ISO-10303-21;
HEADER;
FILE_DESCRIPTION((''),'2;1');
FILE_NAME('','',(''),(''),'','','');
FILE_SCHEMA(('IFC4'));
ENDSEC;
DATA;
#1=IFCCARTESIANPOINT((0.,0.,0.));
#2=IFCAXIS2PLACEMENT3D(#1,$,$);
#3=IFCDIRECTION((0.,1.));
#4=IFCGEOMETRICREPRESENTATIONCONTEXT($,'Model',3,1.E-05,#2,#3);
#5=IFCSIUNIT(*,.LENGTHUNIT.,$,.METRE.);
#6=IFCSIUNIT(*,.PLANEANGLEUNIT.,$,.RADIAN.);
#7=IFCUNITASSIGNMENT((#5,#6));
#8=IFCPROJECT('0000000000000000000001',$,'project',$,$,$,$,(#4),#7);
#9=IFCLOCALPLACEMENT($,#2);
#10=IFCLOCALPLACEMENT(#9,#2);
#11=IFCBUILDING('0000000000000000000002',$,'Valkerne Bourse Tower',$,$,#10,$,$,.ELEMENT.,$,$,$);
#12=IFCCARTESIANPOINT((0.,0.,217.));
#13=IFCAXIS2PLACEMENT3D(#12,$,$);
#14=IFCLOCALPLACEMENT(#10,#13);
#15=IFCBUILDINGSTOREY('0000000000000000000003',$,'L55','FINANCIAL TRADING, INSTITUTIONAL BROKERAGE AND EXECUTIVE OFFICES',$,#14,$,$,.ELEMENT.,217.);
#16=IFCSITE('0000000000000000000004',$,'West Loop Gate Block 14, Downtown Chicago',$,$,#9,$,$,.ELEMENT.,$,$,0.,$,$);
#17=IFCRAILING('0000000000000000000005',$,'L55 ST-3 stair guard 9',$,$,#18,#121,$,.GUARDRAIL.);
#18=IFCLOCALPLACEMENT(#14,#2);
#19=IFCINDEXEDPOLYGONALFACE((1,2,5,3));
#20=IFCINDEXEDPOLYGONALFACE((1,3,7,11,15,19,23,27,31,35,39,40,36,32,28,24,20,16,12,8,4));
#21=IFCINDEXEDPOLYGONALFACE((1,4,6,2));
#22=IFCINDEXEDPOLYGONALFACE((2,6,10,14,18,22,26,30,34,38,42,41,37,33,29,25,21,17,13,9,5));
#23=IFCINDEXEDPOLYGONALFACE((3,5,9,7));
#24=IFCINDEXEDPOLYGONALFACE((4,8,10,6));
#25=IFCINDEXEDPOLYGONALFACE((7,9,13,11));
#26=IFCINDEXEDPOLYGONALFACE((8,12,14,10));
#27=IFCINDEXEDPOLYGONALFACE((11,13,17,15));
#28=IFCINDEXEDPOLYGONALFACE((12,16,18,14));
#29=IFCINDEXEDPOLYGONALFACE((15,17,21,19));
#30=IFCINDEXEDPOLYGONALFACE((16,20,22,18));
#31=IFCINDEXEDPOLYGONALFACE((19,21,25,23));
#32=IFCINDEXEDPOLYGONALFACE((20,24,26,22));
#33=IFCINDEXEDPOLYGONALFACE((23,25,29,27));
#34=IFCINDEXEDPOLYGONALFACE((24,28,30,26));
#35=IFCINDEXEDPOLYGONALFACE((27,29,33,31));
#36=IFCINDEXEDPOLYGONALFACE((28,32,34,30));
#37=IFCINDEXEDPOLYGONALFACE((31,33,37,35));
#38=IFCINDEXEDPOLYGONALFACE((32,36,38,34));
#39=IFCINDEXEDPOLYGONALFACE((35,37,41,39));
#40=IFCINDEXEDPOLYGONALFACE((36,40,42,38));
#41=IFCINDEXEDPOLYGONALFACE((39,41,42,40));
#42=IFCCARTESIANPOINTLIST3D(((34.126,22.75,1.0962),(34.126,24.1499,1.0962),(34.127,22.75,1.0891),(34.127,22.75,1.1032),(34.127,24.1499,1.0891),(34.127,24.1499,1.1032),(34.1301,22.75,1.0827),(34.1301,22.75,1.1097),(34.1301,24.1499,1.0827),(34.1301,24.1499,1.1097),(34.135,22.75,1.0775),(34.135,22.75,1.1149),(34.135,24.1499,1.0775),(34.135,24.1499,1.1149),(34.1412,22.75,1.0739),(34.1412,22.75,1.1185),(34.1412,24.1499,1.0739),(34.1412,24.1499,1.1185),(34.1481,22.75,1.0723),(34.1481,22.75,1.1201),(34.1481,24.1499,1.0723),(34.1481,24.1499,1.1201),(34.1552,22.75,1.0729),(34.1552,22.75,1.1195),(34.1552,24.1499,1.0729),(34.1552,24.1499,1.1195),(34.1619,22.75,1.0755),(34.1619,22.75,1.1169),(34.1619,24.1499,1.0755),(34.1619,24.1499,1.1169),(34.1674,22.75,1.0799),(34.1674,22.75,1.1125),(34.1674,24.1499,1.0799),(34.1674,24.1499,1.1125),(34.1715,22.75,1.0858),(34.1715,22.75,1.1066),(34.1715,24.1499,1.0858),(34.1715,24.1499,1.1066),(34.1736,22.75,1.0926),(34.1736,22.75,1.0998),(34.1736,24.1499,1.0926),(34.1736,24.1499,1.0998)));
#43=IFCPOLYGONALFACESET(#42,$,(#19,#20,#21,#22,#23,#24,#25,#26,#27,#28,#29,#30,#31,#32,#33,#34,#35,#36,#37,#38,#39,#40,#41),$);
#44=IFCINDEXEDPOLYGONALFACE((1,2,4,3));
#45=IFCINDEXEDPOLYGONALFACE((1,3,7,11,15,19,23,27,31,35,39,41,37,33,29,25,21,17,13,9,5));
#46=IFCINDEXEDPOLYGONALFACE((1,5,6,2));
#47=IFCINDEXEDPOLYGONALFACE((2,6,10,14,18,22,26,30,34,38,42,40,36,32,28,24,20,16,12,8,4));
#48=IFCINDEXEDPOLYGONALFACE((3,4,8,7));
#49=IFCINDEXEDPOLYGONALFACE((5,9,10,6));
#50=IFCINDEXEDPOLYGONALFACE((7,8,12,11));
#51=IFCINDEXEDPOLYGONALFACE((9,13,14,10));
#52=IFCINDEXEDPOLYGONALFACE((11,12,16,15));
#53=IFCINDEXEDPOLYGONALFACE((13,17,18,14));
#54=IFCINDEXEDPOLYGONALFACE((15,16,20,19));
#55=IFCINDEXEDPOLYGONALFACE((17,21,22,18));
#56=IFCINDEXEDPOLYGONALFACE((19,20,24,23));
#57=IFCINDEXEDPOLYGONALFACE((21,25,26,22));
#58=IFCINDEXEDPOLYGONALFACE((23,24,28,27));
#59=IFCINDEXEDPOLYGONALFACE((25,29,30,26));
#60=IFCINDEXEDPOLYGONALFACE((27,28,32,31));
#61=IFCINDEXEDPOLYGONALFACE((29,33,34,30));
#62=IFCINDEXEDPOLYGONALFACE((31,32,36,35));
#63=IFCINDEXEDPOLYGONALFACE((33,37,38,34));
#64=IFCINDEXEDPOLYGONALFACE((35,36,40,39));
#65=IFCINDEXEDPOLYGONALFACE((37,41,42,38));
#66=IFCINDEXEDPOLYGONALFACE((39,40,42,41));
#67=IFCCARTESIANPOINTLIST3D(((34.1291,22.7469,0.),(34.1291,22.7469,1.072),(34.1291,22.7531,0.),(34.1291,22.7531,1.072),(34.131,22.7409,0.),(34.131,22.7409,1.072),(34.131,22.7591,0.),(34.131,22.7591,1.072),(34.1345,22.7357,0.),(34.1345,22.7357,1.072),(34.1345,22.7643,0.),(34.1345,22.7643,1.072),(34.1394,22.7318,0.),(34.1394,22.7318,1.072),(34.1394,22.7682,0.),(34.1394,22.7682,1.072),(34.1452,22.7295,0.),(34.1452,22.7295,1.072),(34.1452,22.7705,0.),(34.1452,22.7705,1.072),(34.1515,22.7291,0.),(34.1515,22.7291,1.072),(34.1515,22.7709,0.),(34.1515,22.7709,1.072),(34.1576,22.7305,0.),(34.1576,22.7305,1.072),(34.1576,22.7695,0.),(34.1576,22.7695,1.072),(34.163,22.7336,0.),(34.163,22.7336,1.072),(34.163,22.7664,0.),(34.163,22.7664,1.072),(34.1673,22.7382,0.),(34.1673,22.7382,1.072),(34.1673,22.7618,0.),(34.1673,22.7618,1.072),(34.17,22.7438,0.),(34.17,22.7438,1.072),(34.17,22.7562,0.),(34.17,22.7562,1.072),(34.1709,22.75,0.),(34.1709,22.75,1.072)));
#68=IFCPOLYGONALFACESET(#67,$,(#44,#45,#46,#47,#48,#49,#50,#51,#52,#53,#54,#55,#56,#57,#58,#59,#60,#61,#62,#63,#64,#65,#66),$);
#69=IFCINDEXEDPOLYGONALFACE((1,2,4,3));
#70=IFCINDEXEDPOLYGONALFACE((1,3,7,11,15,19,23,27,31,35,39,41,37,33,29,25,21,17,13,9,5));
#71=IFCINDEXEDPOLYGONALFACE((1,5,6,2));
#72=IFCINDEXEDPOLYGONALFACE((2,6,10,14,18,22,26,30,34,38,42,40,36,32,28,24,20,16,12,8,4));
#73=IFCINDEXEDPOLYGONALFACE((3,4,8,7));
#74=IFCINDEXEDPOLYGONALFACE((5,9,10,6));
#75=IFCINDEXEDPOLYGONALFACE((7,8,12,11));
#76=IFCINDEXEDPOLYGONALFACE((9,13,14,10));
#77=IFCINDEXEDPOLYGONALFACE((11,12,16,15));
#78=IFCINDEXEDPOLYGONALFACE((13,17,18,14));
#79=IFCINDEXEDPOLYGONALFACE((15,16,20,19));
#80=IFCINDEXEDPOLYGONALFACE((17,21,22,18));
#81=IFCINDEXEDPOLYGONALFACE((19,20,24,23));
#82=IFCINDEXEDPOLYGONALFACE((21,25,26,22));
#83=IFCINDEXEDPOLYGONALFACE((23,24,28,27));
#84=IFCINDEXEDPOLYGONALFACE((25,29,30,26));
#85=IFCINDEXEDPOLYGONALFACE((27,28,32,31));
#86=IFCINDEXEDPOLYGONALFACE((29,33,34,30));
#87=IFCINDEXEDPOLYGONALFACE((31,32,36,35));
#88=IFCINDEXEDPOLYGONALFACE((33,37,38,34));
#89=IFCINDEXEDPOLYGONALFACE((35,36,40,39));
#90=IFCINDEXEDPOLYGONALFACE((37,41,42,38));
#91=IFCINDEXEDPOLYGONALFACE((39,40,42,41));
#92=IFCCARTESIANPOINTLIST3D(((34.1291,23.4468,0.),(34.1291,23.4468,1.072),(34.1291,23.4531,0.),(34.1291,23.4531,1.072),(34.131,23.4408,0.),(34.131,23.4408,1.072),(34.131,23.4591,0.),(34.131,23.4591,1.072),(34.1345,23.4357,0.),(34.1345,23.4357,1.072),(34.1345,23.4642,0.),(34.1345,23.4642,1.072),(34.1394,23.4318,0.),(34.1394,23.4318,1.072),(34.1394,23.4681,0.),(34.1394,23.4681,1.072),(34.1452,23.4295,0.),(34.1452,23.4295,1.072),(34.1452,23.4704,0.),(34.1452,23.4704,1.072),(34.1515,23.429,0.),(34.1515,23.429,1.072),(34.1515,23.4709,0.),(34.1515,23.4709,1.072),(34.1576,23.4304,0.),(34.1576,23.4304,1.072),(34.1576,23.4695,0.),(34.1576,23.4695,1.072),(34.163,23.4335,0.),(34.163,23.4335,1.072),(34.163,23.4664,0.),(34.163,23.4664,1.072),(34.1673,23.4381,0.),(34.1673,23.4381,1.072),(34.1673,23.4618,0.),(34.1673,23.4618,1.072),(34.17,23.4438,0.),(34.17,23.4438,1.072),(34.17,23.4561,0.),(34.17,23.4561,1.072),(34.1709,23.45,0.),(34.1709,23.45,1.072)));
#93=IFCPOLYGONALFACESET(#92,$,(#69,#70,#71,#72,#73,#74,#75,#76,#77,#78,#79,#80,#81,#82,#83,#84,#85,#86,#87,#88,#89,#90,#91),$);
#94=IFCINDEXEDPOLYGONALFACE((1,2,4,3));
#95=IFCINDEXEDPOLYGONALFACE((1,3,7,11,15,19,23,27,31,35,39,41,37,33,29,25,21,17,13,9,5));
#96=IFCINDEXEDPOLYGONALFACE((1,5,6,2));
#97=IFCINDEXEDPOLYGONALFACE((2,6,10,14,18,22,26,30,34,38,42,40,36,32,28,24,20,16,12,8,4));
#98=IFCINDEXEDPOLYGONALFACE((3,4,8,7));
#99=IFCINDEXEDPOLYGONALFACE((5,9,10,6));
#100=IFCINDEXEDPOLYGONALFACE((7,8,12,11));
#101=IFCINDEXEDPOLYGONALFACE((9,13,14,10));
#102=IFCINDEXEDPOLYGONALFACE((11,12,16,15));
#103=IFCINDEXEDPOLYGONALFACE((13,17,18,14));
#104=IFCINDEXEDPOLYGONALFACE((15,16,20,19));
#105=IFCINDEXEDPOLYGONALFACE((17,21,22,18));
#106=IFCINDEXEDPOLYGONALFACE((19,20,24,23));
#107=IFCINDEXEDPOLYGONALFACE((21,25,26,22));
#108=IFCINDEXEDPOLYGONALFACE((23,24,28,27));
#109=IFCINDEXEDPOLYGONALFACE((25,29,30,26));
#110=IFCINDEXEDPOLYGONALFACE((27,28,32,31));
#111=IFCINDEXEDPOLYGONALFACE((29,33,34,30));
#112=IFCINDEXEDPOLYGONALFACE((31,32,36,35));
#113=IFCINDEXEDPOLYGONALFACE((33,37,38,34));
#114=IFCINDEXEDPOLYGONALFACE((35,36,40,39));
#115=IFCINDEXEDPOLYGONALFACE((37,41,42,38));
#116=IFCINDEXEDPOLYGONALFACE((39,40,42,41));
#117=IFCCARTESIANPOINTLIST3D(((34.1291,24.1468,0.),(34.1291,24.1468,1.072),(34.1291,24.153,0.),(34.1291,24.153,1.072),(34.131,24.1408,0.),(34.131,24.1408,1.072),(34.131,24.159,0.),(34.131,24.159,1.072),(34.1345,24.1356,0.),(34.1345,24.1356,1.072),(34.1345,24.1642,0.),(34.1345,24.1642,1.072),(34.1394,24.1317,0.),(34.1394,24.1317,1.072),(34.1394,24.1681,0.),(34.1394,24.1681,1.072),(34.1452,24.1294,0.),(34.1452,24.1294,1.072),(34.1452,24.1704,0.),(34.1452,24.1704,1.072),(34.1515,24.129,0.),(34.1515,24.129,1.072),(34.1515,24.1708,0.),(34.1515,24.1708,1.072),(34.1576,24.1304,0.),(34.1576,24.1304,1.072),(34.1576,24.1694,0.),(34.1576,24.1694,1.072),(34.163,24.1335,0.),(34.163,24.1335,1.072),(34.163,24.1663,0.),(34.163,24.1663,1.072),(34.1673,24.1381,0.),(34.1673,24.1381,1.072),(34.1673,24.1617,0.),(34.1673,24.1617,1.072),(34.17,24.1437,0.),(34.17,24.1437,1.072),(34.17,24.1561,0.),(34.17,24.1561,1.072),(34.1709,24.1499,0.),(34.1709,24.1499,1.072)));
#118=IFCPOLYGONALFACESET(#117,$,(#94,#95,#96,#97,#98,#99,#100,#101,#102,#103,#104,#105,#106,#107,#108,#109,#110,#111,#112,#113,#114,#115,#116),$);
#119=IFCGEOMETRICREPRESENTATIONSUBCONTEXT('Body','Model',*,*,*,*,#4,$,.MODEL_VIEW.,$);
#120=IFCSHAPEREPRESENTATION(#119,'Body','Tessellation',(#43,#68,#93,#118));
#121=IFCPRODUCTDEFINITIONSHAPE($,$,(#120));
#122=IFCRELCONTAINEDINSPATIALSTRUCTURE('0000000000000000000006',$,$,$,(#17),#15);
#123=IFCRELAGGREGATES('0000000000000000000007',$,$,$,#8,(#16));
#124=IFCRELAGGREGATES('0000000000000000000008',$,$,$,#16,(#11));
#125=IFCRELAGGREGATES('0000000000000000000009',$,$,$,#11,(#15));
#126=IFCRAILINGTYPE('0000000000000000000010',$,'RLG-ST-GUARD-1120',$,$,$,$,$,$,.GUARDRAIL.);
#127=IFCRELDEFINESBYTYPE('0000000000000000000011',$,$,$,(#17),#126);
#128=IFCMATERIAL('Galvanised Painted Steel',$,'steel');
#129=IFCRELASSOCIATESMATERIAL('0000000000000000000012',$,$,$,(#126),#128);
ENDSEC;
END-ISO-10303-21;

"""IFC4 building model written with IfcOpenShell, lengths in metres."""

from ifc_helpers import new_model, si_unit, direction, frame, origin, origin_2d, place, context, subcontext, project, spatial, circle, extrude, material, type_object, element, save


model = new_model("IFC4")

# Units and contexts
model_context = context("Model", 3, precision=1e-05, world=origin(), true_north=direction((0.0, 1.0)))
body_context = subcontext(model_context, "Body", "Model", "MODEL_VIEW")
ifc_project = project(units=[si_unit("LENGTHUNIT", "METRE"), si_unit("PLANEANGLEUNIT", "RADIAN")], contexts=[model_context])

# Site, building, storey
site_placement = place(None, origin())
site = spatial("IfcSite", under=ifc_project, at=site_placement, Name="West Loop Gate Block 14, Downtown Chicago", CompositionType="ELEMENT", RefElevation=0.0)
building_placement = place(site_placement, origin())
building = spatial("IfcBuilding", under=site, at=building_placement, Name="Valkerne Bourse Tower", CompositionType="ELEMENT")
storey_placement = place(building_placement, frame((0.0, 0.0, 217.0)))
storey = spatial("IfcBuildingStorey", under=building, at=storey_placement, Name="L55", Description="FINANCIAL TRADING, INSTITUTIONAL BROKERAGE AND EXECUTIVE OFFICES", CompositionType="ELEMENT", Elevation=217.0)

# Shared definitions
ifc_material_1 = material(Name="Galvanised Painted Steel", Category="steel")

# Railing
railing_type_1 = type_object("IfcRailingType", Name="RLG-ST-GUARD-1120", PredefinedType="GUARDRAIL", material=ifc_material_1)
railing_1_placement = place(storey_placement, frame((34.1499, 22.75, 0.0)))
element("IfcRailing", 1, at=railing_1_placement, inside=storey, type_object=railing_type_1, Name="L55 ST-3 stair guard 9", PredefinedType="GUARDRAIL", context=body_context, shape_type="SweptSolid", body=[
    extrude(circle(Radius=0.0239, at=origin_2d()), frame((0.0, 0.0, 1.0962), z_axis=(0.0, 1.0, 0.0), x_axis=(-1.0, 0.0, 0.0)), (0.0, 0.0, 1.0), 1.3999),
    extrude(circle(Radius=0.021, at=origin_2d()), origin(), (0.0, 0.0, 1.0), 1.072),
    extrude(circle(Radius=0.021, at=origin_2d()), frame((0.0, 0.7, 0.0)), (0.0, 0.0, 1.0), 1.072),
    extrude(circle(Radius=0.021, at=origin_2d()), frame((0.0, 1.3999, 0.0)), (0.0, 0.0, 1.0), 1.072),
])

save(model, "model.ifc")
